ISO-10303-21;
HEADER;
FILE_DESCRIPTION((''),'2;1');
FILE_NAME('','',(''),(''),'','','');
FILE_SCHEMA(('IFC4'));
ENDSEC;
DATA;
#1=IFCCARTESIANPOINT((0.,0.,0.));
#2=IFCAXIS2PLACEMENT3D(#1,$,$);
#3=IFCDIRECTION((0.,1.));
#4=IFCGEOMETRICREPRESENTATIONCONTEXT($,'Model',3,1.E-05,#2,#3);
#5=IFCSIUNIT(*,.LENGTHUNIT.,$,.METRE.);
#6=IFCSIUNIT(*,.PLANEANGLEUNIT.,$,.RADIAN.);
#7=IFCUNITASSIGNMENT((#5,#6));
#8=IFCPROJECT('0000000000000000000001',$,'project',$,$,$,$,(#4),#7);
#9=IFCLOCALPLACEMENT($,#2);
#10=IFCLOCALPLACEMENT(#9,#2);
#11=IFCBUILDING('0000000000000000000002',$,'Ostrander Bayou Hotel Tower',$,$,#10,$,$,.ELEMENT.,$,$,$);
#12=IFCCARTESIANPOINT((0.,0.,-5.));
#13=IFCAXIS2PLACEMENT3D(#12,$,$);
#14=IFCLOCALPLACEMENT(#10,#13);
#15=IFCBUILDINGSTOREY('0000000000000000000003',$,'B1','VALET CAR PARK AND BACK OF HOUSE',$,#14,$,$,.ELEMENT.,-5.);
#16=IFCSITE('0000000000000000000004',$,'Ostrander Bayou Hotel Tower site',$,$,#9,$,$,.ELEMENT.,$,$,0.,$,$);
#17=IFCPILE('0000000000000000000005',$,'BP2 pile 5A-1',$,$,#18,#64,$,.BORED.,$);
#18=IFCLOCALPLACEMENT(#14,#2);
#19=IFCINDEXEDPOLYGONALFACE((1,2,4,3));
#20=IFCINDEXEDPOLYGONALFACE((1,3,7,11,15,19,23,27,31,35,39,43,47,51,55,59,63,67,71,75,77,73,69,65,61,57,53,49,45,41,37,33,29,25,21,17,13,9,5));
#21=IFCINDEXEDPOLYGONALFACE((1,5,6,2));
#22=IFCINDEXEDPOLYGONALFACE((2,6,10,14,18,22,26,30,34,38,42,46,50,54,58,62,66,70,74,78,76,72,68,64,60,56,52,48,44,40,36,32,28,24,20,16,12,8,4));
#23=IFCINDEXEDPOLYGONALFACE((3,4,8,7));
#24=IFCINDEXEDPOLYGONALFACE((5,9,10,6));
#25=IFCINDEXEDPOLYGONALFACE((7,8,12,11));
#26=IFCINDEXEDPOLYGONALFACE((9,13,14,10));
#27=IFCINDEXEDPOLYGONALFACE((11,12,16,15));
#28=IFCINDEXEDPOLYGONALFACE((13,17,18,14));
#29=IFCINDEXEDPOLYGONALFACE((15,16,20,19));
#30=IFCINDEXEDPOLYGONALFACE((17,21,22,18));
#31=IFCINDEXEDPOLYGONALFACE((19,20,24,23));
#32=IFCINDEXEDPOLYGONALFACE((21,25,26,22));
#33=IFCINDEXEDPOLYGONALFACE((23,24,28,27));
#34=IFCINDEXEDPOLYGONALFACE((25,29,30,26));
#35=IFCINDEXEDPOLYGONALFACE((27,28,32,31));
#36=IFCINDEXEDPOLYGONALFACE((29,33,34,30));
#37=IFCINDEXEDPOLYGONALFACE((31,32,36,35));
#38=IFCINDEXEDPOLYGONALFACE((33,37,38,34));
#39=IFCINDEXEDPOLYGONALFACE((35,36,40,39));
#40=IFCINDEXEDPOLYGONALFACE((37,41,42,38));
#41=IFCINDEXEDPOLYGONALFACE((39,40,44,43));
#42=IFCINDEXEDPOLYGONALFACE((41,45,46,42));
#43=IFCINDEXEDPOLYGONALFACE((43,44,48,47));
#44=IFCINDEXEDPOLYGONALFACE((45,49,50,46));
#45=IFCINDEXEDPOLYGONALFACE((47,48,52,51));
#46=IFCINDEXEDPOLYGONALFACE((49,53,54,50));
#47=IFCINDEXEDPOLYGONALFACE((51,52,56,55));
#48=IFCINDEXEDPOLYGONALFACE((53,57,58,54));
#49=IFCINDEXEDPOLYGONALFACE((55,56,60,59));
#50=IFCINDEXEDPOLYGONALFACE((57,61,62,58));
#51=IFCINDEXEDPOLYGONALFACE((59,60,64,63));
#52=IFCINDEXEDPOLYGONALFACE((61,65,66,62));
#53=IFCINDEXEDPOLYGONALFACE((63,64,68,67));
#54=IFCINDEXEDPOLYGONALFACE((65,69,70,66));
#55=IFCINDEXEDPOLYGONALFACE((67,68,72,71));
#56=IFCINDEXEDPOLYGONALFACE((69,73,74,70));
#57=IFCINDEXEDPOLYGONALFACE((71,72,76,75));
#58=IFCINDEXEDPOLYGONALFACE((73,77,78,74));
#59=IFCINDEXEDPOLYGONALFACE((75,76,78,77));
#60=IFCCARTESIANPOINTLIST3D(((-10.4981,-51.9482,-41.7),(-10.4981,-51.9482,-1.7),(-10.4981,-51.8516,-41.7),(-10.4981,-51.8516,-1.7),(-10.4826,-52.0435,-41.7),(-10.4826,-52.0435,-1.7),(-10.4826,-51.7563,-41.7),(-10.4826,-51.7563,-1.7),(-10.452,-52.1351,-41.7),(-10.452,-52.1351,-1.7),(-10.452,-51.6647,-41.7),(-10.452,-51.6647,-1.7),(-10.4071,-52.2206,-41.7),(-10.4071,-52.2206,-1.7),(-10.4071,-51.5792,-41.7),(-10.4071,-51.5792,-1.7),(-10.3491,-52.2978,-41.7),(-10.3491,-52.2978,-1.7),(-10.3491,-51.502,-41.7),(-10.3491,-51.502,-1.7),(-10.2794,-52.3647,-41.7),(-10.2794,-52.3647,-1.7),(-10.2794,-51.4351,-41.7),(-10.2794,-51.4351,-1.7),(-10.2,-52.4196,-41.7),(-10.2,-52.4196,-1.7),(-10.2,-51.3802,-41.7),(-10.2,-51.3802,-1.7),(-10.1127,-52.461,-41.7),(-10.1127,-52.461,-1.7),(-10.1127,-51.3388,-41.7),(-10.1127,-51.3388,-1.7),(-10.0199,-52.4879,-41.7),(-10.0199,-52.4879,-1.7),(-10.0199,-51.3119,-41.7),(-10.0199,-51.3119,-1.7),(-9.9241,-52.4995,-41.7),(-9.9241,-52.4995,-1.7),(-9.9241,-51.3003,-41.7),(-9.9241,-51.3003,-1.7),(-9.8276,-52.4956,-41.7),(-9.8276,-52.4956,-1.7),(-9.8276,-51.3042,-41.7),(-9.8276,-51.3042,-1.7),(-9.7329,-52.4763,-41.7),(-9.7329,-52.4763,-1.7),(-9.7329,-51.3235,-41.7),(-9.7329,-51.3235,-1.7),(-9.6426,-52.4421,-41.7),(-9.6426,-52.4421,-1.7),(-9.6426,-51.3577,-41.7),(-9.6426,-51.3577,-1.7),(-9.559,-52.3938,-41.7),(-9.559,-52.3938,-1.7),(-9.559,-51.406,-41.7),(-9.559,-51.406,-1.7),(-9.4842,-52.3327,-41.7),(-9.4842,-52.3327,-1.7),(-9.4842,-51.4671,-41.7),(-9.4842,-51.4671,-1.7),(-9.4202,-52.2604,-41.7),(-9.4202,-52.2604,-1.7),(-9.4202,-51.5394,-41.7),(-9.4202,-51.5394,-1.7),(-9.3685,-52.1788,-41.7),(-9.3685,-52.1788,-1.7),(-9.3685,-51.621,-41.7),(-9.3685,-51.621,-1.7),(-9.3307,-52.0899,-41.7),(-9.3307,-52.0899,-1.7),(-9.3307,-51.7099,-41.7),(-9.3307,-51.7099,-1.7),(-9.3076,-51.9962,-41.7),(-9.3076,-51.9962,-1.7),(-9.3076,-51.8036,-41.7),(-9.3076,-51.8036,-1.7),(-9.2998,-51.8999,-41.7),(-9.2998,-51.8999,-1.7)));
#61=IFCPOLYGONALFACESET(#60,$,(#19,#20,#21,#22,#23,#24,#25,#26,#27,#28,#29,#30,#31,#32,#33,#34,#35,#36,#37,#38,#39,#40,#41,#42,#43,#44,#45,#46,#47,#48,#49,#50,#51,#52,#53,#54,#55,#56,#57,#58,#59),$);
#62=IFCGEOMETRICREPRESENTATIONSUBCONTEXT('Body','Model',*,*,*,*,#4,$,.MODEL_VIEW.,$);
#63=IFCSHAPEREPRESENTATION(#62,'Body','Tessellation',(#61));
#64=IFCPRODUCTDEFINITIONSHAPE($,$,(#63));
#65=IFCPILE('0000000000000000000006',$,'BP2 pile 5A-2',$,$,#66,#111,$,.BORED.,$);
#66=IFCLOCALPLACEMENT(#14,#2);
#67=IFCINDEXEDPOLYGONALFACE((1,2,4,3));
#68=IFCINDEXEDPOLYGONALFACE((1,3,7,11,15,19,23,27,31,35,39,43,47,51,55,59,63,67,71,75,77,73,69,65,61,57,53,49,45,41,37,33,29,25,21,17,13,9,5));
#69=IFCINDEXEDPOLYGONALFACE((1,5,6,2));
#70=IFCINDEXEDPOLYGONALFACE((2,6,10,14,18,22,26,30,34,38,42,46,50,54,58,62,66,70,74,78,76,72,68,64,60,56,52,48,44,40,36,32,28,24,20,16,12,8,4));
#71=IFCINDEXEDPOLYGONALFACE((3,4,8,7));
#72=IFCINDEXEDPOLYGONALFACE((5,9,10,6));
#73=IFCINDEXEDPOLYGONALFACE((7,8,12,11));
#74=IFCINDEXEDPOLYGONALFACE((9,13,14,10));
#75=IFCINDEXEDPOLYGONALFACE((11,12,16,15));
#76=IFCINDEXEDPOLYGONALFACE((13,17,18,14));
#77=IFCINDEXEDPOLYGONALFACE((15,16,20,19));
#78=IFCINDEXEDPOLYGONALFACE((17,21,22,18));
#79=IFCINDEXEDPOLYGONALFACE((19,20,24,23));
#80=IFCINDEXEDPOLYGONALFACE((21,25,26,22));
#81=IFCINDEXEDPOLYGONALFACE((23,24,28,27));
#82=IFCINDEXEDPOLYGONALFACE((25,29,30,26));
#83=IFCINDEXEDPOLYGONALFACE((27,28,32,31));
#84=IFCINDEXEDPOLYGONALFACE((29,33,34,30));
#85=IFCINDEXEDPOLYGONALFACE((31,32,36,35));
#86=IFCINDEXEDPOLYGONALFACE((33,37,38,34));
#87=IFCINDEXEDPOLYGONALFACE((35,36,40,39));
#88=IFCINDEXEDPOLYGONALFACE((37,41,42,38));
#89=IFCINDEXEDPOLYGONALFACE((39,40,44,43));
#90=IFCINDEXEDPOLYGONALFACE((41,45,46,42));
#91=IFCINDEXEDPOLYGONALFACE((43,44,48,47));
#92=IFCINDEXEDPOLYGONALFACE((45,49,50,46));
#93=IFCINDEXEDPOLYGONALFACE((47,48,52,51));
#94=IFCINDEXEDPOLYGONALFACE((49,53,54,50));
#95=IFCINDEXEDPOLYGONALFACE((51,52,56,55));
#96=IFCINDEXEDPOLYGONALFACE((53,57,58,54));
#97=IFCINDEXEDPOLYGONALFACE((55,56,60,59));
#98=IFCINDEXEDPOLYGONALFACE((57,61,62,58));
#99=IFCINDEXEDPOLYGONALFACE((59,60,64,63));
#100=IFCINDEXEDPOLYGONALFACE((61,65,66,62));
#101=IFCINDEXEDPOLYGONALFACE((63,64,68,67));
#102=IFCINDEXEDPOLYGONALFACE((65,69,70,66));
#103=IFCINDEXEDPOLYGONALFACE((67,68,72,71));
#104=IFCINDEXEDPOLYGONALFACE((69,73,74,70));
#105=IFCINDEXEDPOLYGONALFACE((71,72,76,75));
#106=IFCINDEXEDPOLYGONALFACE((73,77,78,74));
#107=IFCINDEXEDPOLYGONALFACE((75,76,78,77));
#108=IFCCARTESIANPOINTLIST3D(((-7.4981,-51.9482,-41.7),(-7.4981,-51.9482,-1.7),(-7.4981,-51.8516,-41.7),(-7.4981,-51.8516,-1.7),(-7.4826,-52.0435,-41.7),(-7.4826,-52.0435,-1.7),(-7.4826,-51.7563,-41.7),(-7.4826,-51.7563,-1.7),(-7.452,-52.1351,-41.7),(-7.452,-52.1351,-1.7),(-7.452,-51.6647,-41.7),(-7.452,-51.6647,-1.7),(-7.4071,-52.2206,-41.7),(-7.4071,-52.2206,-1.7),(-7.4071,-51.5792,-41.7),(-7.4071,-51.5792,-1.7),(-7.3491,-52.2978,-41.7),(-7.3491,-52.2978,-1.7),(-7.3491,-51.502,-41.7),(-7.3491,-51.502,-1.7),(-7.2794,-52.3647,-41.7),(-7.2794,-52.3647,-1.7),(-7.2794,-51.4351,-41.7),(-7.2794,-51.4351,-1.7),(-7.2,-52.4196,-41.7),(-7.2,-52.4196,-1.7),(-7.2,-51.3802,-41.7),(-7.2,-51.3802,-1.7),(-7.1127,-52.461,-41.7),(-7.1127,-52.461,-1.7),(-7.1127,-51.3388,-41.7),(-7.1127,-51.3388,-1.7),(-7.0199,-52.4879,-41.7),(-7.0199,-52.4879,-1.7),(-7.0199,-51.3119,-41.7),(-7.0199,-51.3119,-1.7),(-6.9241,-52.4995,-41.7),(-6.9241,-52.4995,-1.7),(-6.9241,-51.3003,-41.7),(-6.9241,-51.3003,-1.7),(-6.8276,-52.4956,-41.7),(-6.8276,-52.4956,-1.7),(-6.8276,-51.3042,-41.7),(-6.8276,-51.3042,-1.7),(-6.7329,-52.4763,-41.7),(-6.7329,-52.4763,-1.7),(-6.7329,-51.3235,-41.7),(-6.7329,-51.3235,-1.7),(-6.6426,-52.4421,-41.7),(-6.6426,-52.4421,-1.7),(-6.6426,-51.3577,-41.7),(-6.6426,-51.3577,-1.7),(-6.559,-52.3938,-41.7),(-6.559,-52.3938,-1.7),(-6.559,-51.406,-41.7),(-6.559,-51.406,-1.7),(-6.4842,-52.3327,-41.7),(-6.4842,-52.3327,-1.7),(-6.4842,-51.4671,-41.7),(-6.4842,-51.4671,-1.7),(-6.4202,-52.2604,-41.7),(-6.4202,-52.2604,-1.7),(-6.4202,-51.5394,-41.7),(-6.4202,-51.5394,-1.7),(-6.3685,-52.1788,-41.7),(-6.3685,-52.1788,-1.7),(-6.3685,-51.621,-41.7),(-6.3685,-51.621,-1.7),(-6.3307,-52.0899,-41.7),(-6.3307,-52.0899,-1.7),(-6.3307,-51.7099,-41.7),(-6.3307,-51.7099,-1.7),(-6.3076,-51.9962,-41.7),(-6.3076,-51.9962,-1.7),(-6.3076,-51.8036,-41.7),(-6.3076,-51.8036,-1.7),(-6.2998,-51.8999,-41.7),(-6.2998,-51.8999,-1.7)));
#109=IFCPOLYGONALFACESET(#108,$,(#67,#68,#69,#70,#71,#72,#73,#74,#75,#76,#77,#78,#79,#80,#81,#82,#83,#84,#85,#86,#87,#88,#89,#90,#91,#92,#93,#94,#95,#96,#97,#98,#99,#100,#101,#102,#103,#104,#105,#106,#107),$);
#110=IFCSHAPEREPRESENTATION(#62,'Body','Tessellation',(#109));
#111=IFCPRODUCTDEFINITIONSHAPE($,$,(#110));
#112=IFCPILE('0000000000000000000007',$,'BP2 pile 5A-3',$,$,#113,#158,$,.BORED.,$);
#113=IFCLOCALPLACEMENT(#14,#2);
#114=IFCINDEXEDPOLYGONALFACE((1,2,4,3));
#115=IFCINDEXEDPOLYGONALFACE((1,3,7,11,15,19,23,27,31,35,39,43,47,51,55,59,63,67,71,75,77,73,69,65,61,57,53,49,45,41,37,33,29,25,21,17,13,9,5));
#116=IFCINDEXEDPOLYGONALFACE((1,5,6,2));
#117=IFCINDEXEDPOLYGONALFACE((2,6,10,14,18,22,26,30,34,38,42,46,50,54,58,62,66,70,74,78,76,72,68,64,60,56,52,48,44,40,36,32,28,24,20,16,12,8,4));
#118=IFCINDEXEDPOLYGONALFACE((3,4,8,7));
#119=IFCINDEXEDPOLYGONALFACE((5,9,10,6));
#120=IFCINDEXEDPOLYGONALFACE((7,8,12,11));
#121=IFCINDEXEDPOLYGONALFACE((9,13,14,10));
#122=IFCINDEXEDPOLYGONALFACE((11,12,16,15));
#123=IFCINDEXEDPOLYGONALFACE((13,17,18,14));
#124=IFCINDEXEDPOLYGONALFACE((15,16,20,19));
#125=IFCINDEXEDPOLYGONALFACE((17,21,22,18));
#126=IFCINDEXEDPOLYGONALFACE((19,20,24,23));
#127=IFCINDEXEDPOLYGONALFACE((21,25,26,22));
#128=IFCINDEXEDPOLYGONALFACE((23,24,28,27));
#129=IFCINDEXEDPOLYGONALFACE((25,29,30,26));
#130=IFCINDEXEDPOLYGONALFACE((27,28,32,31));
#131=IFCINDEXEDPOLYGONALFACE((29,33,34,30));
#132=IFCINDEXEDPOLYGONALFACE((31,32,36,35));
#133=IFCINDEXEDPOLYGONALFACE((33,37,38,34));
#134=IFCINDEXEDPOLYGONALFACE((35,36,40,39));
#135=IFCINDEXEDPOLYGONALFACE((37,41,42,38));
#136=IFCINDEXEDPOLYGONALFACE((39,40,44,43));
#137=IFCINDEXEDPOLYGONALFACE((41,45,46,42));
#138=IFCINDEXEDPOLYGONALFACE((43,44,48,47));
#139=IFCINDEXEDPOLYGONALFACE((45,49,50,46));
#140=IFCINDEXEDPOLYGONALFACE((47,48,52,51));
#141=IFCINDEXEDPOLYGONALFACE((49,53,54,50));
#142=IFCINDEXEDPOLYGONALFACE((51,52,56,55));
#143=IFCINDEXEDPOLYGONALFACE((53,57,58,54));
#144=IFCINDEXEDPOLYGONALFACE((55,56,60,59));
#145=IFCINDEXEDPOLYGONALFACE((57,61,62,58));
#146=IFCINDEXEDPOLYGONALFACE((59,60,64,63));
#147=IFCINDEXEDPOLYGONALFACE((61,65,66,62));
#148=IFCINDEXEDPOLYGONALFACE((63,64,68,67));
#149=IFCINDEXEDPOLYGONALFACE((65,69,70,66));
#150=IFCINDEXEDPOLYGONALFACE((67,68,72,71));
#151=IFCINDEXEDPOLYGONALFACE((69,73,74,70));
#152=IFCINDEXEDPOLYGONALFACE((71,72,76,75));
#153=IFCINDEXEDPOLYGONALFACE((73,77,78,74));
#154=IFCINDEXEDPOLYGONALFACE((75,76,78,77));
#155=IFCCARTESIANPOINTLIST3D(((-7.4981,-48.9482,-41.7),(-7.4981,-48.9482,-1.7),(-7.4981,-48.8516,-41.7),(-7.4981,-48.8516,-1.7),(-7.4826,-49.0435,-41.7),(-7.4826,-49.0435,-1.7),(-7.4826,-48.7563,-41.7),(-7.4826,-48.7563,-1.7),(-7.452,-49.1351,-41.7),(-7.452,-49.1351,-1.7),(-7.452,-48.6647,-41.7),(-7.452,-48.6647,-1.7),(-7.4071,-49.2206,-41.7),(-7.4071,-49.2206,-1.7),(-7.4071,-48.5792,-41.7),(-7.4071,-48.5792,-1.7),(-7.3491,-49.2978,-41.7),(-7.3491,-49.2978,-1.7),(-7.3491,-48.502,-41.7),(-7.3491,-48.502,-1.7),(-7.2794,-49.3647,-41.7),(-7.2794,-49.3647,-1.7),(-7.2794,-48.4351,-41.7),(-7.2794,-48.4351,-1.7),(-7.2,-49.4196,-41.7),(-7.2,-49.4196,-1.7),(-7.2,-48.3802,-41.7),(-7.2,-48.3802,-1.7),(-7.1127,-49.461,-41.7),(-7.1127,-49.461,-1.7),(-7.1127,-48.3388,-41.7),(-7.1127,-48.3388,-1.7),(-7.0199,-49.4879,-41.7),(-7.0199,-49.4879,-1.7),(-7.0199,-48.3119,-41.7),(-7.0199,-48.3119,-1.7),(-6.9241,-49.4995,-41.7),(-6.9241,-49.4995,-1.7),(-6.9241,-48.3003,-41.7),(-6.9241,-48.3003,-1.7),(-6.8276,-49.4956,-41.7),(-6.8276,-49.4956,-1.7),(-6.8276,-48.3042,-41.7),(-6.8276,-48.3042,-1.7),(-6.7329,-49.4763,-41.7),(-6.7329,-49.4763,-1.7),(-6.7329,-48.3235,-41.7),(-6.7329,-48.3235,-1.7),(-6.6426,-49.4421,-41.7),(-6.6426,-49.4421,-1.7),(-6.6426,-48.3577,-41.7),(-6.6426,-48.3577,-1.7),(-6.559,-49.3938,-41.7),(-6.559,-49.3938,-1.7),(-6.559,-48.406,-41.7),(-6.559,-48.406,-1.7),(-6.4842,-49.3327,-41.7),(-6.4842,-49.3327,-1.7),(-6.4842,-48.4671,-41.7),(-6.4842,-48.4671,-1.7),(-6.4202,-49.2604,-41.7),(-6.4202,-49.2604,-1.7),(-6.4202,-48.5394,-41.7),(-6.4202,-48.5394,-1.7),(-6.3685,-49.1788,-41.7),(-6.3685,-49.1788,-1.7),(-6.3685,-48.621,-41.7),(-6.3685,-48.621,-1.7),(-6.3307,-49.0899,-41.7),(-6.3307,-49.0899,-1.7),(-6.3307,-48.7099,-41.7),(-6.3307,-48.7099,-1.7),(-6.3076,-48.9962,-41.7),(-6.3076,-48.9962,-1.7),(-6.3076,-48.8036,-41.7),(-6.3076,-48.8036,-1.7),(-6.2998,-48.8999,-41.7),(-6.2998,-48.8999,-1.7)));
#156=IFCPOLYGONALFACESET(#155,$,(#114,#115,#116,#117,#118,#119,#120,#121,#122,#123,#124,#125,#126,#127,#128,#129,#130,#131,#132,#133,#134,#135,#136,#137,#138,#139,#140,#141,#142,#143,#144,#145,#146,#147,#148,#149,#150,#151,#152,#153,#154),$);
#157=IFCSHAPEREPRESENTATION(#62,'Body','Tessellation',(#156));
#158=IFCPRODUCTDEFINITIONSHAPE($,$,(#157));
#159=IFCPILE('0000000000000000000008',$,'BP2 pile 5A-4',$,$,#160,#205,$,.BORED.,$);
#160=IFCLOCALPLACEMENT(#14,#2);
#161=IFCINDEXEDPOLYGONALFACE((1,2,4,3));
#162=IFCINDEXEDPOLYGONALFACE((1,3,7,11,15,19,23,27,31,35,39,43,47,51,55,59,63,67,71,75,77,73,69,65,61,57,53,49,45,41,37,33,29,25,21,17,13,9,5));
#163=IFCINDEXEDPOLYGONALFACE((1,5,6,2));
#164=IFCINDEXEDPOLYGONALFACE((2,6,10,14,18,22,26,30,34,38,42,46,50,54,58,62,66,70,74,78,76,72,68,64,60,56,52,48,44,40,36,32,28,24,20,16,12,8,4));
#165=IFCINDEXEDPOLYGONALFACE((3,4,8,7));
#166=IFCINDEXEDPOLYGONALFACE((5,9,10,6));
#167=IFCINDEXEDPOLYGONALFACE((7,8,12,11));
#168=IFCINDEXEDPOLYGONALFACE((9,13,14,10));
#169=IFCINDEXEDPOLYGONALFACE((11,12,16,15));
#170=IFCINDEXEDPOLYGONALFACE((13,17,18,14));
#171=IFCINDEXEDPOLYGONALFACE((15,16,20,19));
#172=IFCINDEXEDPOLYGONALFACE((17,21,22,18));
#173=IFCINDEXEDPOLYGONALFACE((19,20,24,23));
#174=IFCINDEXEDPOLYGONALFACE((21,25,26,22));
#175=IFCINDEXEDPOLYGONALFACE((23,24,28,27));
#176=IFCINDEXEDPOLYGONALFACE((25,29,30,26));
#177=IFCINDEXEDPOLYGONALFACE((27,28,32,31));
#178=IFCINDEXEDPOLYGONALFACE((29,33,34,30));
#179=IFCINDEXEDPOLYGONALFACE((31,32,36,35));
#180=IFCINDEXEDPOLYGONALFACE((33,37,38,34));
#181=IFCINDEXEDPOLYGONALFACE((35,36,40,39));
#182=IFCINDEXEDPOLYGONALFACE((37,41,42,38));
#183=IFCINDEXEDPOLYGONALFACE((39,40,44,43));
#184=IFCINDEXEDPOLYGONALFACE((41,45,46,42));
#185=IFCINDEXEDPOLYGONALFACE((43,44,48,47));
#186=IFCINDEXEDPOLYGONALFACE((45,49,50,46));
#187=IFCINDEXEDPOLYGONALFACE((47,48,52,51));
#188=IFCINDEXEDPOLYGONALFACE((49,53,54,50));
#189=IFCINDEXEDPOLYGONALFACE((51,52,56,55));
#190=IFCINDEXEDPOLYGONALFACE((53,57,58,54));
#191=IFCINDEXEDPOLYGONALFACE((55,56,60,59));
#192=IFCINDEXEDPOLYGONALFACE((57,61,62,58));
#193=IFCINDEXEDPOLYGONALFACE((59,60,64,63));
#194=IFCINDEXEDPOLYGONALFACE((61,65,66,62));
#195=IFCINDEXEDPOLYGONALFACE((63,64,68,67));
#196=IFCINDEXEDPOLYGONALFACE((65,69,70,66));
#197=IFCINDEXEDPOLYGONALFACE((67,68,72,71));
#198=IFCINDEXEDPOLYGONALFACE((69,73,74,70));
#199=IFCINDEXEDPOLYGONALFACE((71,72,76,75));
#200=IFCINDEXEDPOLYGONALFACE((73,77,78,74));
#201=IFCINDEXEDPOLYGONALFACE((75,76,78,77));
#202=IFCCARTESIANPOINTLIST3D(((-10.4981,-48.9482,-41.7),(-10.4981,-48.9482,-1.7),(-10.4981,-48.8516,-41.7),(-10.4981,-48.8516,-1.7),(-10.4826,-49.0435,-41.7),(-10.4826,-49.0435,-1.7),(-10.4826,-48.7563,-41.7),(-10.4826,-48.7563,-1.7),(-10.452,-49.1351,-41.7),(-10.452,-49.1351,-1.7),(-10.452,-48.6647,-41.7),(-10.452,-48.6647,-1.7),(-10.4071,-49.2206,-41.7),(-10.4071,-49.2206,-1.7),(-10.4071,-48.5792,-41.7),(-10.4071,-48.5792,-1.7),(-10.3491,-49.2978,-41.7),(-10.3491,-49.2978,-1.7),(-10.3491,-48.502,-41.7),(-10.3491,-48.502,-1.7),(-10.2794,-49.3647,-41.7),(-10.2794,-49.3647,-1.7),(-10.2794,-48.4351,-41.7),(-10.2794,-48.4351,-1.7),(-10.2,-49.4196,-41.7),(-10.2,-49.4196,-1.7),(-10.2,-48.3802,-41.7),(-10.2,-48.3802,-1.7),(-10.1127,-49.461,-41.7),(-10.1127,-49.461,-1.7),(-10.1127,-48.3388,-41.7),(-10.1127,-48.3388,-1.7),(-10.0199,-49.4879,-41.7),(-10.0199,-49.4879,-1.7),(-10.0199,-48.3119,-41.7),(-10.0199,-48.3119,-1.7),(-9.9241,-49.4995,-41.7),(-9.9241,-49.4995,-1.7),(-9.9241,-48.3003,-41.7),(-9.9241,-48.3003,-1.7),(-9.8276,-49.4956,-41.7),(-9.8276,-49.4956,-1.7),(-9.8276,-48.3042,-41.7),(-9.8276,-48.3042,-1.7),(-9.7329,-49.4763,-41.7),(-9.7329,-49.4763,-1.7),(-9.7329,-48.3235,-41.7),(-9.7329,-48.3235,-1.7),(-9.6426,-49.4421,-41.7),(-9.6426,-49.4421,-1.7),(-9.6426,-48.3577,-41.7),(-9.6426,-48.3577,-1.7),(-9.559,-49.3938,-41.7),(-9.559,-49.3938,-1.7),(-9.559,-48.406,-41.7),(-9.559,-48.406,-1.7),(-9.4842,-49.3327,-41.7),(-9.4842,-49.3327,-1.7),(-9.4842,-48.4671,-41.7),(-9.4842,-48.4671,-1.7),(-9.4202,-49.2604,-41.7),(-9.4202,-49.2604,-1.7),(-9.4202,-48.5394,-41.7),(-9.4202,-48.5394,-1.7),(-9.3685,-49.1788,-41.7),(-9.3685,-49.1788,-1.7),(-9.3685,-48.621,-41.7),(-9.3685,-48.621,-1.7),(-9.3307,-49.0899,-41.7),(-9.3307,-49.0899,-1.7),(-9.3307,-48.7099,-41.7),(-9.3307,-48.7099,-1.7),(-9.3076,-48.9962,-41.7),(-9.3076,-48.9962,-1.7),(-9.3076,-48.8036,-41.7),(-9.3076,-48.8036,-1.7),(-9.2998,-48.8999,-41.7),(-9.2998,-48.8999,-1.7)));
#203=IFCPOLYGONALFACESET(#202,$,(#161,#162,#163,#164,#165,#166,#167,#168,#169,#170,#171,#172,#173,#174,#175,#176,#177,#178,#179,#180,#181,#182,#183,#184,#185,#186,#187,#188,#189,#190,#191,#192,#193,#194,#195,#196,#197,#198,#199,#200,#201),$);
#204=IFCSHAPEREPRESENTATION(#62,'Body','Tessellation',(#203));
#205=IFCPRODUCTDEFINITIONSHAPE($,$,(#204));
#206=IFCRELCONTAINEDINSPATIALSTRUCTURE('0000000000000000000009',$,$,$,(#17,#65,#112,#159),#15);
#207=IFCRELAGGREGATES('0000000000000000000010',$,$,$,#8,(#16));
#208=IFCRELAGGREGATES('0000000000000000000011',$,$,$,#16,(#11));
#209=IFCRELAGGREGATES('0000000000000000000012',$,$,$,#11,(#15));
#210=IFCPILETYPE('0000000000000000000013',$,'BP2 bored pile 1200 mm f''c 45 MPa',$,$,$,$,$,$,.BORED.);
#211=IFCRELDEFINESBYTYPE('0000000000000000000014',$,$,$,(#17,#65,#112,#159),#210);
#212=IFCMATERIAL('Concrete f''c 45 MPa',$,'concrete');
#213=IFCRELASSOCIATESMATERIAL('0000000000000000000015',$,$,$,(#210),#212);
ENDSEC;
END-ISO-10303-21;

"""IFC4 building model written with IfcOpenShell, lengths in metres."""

from ifc_helpers import new_model, si_unit, direction, frame, origin, origin_2d, place, context, subcontext, project, spatial, circle, extrude, material, material_profile, profile_set, type_object, element, save


model = new_model("IFC4")

# Units and contexts
model_context = context("Model", 3, precision=1e-05, world=origin(), true_north=direction((0.0, 1.0)))
body_context = subcontext(model_context, "Body", "Model", "MODEL_VIEW")
ifc_project = project(units=[si_unit("LENGTHUNIT", "METRE"), si_unit("PLANEANGLEUNIT", "RADIAN")], contexts=[model_context])

# Site, building, storey
site_placement = place(None, origin())
site = spatial("IfcSite", under=ifc_project, at=site_placement, Name="Ostrander Bayou Hotel Tower site", CompositionType="ELEMENT", RefElevation=0.0)
building_placement = place(site_placement, origin())
building = spatial("IfcBuilding", under=site, at=building_placement, Name="Ostrander Bayou Hotel Tower", CompositionType="ELEMENT")
storey_placement = place(building_placement, frame((0.0, 0.0, -5.0)))
storey = spatial("IfcBuildingStorey", under=building, at=storey_placement, Name="B1", Description="VALET CAR PARK AND BACK OF HOUSE", CompositionType="ELEMENT", Elevation=-5.0)

# Piles
ifc_material_1 = material(Name="Concrete f'c 45 MPa", Category="concrete")
ifc_material_profile_1 = material_profile(ifc_material_1, circle(Radius=0.6001, at=origin_2d()))
ifc_profile_set_1 = profile_set([ifc_material_profile_1], Name="Concrete f'c 45 MPa")
pile_type = type_object("IfcPileType", Name="BP2 bored pile 1200 mm f'c 45 MPa", PredefinedType="BORED", material=ifc_profile_set_1)
for number, where, z_axis, x_axis, name in (
    (1, (-9.8999, -51.8999, -1.7), (0.0, 0.0, -1.0), (1.0, 0.0, 0.0), "BP2 pile 5A-1"),
    (2, (-6.8999, -51.8999, -1.7), (0.0, 0.0, -1.0), (1.0, 0.0, 0.0), "BP2 pile 5A-2"),
    (3, (-6.8999, -48.8999, -1.7), (0.0, 0.0, -1.0), (1.0, 0.0, 0.0), "BP2 pile 5A-3"),
    (4, (-9.8999, -48.8999, -1.7), (0.0, 0.0, -1.0), (1.0, 0.0, 0.0), "BP2 pile 5A-4"),
):
    element("IfcPile", number, at=place(storey_placement, frame(where, z_axis=z_axis, x_axis=x_axis)), inside=storey, type_object=pile_type, Name=name, PredefinedType="BORED", context=body_context, shape_type="SweptSolid", body=[
        extrude(circle(Radius=0.6001, at=origin_2d()), origin(), (0.0, 0.0, 1.0), 40.0),
    ])

save(model, "model.ifc")
